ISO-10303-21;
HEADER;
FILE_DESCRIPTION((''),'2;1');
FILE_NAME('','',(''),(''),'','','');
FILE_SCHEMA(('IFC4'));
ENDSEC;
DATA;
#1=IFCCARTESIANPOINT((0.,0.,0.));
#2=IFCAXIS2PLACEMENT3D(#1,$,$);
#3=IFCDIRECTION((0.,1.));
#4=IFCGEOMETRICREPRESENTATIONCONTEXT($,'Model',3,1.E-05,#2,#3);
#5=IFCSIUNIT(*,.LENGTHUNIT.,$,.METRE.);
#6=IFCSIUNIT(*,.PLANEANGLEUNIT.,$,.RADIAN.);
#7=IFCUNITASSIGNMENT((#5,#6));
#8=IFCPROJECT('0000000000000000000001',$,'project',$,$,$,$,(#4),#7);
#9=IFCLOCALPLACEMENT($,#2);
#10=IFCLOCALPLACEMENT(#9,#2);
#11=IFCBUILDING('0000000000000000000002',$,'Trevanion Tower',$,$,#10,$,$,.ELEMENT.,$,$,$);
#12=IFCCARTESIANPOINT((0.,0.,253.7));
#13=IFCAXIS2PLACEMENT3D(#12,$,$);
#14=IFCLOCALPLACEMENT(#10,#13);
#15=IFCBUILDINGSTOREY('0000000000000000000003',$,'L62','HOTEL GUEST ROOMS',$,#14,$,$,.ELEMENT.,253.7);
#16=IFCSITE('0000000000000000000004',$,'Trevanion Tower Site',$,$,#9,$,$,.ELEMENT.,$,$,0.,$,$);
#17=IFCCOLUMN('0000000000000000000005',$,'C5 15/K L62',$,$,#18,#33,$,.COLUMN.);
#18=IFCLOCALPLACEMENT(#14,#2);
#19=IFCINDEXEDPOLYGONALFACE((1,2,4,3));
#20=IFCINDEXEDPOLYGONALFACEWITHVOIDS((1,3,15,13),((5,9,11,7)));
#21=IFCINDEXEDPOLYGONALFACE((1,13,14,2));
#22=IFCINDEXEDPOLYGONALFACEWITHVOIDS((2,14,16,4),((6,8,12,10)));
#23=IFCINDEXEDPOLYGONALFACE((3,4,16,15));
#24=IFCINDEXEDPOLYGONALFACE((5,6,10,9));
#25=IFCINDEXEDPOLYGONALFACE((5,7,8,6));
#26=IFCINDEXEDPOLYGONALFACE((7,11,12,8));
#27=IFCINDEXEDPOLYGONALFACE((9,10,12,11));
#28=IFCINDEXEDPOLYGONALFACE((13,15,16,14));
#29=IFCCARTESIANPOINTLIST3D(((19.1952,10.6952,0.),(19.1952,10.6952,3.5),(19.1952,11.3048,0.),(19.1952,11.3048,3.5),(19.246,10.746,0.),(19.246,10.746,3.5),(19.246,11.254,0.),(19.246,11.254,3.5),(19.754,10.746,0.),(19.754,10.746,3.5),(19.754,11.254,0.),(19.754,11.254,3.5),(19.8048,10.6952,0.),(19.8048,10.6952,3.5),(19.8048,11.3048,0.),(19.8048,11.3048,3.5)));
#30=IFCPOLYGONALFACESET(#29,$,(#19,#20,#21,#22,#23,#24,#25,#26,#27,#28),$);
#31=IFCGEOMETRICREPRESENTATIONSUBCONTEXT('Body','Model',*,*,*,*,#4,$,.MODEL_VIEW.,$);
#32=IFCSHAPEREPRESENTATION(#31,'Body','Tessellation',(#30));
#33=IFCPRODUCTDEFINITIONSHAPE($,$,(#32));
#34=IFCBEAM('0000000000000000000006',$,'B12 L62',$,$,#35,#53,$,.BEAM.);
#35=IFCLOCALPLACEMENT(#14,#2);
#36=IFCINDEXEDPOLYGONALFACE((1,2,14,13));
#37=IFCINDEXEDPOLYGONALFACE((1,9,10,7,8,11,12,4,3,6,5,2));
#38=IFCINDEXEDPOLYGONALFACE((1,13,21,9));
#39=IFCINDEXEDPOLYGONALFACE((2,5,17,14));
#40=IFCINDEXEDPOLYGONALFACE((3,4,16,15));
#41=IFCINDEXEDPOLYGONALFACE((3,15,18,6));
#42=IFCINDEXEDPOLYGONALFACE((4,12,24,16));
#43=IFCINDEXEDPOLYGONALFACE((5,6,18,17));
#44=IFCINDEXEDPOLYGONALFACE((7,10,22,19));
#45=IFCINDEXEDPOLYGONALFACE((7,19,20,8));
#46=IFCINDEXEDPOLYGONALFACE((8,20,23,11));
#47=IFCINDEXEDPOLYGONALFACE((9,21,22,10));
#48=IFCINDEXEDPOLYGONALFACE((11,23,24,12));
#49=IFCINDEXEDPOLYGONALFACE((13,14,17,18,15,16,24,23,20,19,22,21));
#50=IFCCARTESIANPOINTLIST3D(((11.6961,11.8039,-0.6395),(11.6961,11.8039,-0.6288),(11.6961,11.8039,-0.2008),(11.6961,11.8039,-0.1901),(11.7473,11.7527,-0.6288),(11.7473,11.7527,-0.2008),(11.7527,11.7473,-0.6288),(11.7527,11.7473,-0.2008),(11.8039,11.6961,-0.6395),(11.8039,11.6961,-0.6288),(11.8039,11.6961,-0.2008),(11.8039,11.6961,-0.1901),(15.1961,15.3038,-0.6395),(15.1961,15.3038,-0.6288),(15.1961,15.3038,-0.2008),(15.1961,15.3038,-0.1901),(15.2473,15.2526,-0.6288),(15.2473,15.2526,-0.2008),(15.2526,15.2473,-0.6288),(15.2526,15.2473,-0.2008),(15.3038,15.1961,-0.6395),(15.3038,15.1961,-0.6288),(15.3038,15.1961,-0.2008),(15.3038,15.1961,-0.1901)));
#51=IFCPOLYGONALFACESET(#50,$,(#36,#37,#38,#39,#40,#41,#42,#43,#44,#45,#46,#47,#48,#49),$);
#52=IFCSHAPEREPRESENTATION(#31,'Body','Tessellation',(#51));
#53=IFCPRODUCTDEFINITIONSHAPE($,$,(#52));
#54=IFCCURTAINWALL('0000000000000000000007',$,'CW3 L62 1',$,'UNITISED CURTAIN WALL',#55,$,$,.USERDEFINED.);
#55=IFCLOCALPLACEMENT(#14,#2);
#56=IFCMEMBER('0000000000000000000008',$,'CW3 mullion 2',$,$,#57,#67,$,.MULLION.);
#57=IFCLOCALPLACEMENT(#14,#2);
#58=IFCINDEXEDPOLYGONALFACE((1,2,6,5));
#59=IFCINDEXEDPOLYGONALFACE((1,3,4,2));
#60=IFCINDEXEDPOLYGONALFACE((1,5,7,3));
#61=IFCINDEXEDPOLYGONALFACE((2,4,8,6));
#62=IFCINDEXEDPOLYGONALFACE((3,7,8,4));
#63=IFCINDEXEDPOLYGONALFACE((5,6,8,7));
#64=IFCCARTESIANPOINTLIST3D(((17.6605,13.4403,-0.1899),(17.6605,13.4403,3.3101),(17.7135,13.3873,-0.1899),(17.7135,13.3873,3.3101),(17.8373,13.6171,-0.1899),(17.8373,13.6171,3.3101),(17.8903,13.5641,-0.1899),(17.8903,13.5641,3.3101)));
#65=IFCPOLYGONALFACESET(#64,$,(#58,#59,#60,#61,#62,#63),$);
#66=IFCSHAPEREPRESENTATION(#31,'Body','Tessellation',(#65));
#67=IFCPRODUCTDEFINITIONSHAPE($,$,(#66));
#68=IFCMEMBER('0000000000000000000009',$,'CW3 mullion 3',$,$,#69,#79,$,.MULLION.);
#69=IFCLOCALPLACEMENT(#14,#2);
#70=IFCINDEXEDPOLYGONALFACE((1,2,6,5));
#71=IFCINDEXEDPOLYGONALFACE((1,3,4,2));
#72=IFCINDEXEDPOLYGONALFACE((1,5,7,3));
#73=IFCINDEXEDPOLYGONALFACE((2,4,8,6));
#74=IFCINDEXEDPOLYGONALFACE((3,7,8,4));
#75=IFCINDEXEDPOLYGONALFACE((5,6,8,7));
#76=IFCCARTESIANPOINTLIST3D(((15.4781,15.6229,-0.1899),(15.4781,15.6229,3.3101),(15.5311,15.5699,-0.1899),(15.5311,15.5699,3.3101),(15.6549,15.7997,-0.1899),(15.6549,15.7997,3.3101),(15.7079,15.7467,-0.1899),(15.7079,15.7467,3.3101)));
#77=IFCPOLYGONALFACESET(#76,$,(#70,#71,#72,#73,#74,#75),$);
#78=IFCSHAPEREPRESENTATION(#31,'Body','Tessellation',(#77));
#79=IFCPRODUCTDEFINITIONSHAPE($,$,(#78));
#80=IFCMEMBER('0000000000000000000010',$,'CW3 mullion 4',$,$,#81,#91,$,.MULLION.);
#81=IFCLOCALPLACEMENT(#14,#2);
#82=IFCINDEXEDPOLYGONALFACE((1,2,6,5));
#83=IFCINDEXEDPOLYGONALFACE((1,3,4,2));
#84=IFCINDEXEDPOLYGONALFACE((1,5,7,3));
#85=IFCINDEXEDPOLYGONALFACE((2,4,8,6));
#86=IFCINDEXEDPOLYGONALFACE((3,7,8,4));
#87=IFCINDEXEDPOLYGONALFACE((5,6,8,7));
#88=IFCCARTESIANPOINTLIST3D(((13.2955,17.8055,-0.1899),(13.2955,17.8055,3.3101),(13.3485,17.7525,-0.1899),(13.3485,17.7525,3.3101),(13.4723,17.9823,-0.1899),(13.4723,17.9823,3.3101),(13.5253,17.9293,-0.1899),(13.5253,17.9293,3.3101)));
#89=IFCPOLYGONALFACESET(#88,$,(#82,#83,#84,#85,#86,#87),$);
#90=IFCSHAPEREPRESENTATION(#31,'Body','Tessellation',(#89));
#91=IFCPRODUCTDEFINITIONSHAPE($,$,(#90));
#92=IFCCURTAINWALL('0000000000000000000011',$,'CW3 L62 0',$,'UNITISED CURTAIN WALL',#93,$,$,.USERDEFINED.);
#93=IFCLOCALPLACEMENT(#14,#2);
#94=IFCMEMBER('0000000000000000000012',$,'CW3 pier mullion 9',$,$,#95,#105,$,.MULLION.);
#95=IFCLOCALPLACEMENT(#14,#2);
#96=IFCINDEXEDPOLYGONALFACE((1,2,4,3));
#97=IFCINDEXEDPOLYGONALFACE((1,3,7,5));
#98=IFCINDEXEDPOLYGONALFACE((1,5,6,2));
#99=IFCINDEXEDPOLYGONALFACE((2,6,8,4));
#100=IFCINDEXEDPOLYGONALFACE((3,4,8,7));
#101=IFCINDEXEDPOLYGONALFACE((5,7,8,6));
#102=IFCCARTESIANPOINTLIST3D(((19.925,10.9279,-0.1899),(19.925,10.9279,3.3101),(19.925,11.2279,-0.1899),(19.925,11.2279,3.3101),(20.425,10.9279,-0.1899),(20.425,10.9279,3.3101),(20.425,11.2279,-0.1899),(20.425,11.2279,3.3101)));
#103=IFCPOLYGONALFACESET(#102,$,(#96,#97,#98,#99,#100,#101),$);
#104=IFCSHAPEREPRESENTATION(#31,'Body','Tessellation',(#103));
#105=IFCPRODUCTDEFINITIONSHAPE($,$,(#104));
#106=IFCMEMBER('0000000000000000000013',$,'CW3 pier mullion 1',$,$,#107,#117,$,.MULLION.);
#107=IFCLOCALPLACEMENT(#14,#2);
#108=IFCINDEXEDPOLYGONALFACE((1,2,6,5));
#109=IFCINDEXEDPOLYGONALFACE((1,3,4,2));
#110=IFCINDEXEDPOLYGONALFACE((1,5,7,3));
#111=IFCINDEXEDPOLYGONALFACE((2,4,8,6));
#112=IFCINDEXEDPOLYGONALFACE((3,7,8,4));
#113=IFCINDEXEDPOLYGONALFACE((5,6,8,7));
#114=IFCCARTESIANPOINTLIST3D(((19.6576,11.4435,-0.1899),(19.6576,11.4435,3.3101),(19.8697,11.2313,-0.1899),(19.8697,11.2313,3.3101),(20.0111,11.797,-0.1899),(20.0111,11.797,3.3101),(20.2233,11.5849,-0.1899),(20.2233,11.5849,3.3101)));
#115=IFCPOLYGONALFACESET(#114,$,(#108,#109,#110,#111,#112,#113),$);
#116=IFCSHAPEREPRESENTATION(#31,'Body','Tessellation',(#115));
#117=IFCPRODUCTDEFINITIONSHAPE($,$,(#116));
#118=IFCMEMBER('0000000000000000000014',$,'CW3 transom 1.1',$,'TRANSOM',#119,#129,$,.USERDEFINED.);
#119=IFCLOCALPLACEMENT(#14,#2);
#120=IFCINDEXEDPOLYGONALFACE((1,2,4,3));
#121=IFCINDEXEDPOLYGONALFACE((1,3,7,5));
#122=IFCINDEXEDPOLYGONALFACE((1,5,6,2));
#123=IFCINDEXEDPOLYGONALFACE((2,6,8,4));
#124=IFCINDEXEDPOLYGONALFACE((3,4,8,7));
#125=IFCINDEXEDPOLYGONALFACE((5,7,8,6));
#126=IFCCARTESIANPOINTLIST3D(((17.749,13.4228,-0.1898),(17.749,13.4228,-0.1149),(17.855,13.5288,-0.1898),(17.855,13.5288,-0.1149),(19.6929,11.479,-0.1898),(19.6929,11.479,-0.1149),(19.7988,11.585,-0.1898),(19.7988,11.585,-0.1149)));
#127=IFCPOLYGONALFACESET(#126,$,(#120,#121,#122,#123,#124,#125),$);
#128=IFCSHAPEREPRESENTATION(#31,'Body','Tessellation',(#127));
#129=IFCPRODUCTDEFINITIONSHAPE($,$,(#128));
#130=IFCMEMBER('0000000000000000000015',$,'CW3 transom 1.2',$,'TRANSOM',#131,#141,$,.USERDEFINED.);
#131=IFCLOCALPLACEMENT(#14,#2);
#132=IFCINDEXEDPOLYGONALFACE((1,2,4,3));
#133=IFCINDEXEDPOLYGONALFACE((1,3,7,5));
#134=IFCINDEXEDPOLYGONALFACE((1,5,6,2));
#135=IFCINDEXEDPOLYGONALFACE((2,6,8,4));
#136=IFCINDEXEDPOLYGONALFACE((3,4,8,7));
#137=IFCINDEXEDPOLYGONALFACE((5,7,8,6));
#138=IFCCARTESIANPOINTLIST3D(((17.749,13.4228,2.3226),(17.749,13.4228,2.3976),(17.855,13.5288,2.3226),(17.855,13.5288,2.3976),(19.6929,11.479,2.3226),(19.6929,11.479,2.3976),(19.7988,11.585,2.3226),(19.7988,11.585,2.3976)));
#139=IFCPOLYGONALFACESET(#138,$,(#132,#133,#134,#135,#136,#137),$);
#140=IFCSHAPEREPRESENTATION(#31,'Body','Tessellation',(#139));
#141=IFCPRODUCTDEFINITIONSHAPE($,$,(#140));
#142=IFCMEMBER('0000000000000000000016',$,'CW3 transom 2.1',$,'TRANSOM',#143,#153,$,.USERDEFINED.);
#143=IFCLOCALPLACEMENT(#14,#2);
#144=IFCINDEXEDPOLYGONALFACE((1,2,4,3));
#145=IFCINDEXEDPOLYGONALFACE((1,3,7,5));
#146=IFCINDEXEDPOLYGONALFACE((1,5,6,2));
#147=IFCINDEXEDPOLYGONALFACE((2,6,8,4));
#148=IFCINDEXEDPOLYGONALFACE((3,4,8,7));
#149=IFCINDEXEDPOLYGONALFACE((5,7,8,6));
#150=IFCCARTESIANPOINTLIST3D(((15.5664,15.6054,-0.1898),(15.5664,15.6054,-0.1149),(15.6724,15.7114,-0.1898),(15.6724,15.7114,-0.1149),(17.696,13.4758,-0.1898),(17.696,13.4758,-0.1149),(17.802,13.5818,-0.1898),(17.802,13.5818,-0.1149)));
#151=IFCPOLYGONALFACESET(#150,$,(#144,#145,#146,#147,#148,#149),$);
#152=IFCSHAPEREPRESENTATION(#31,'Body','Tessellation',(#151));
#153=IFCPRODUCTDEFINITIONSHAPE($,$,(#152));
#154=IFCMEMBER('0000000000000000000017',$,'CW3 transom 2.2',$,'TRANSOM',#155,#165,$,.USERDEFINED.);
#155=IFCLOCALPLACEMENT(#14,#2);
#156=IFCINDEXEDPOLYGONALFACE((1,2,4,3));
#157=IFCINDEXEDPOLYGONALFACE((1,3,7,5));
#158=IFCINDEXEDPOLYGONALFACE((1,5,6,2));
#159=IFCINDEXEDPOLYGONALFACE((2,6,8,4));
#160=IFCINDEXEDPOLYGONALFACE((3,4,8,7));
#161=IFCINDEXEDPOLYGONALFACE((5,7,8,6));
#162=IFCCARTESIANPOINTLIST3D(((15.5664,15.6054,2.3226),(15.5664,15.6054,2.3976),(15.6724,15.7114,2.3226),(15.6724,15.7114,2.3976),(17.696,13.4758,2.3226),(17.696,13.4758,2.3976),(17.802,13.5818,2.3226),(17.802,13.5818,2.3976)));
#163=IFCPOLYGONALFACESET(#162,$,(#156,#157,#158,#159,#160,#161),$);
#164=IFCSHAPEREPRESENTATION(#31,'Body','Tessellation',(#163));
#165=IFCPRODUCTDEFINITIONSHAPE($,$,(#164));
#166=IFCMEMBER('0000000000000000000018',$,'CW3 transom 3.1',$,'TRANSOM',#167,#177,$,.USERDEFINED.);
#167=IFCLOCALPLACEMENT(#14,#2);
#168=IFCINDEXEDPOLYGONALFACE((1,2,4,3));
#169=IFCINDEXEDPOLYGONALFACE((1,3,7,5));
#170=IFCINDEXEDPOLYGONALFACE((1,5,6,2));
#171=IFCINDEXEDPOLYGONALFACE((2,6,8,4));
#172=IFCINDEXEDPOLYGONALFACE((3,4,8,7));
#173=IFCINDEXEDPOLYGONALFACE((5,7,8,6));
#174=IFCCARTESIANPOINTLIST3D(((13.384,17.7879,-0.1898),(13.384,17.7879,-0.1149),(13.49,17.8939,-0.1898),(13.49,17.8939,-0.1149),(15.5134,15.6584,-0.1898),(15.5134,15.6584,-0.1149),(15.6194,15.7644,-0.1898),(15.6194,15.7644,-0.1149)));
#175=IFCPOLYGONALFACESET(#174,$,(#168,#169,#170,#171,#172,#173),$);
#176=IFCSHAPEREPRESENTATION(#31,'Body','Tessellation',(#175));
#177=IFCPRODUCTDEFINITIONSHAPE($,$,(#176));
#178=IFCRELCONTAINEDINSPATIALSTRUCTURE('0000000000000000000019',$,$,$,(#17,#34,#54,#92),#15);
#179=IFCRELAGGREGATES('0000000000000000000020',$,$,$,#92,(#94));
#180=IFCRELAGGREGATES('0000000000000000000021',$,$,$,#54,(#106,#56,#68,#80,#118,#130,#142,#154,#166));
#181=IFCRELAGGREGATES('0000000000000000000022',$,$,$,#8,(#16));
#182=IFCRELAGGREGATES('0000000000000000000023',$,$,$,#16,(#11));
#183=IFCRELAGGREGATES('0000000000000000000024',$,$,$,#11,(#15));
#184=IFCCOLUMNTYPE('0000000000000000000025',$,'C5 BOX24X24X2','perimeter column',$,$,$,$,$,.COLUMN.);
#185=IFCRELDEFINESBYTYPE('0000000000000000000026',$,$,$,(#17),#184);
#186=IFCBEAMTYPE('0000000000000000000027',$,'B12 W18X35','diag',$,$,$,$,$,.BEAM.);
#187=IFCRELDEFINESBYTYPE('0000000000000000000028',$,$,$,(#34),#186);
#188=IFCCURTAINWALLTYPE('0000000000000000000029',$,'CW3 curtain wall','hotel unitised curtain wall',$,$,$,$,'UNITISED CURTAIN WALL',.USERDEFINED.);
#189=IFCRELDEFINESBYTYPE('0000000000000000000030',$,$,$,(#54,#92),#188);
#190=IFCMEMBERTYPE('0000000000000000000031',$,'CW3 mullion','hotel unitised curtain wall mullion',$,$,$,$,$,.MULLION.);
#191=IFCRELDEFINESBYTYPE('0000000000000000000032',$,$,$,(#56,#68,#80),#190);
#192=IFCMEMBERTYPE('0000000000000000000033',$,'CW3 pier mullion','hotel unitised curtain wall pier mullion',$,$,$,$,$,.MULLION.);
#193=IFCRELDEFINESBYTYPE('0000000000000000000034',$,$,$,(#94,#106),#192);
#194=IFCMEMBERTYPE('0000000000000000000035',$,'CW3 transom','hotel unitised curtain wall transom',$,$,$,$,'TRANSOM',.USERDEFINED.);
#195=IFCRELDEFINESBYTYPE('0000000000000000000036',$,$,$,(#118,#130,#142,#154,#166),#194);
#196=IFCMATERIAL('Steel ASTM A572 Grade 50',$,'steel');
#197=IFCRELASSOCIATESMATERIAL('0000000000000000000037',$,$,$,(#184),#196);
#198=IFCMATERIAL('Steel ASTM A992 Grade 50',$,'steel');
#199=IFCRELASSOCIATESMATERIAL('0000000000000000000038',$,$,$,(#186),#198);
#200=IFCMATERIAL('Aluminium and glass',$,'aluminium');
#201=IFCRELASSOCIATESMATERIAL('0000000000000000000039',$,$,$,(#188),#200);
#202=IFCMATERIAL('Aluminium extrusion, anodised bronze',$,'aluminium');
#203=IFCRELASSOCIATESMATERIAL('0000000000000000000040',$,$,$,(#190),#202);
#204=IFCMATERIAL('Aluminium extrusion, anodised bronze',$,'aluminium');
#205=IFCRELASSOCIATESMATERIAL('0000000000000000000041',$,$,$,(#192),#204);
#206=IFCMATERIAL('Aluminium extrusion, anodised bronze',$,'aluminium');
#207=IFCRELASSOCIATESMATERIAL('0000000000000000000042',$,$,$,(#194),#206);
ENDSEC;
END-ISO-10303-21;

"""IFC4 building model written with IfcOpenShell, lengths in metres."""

from ifc_helpers import new_model, si_unit, direction, frame, origin, origin_2d, place, context, subcontext, project, spatial, rectangle, hollow_rectangle, i_section, extrude, material, material_profile, profile_set, type_object, element, aggregate, save


model = new_model("IFC4")

# Units and contexts
model_context = context("Model", 3, precision=1e-05, world=origin(), true_north=direction((0.0, 1.0)))
body_context = subcontext(model_context, "Body", "Model", "MODEL_VIEW")
ifc_project = project(units=[si_unit("LENGTHUNIT", "METRE"), si_unit("PLANEANGLEUNIT", "RADIAN")], contexts=[model_context])

# Site, building, storey
site_placement = place(None, origin())
site = spatial("IfcSite", under=ifc_project, at=site_placement, Name="Trevanion Tower Site", CompositionType="ELEMENT", RefElevation=0.0)
building_placement = place(site_placement, origin())
building = spatial("IfcBuilding", under=site, at=building_placement, Name="Trevanion Tower", CompositionType="ELEMENT")
storey_placement = place(building_placement, frame((0.0, 0.0, 253.7)))
storey = spatial("IfcBuildingStorey", under=building, at=storey_placement, Name="L62", Description="HOTEL GUEST ROOMS", CompositionType="ELEMENT", Elevation=253.7)

# Column
ifc_material_1 = material(Name="Steel ASTM A572 Grade 50", Category="steel")
ifc_material_profile_1 = material_profile(ifc_material_1, hollow_rectangle(XDim=0.6096, YDim=0.6096, WallThickness=0.0508, at=origin_2d()), Name="BOX24X24X2")
ifc_profile_set_1 = profile_set([ifc_material_profile_1], Name="Steel ASTM A572 Grade 50")
column_type = type_object("IfcColumnType", Name="C5 BOX24X24X2", Description="perimeter column", PredefinedType="COLUMN", material=ifc_profile_set_1)
column_placement = place(storey_placement, frame((19.5, 11.0, 0.0), z_axis=(0.0, 0.0, 1.0), x_axis=(0.0, 1.0, 0.0)))
element("IfcColumn", 1, at=column_placement, inside=storey, type_object=column_type, Name="C5 15/K L62", PredefinedType="COLUMN", context=body_context, shape_type="SweptSolid", body=[
    extrude(hollow_rectangle(XDim=0.6096, YDim=0.6096, WallThickness=0.0508, at=origin_2d()), origin(), (0.0, 0.0, 1.0), 3.5),
])

# Beam
ifc_material_2 = material(Name="Steel ASTM A992 Grade 50", Category="steel")
ifc_material_profile_2 = material_profile(ifc_material_2, i_section(OverallWidth=0.1523, OverallDepth=0.4495, WebThickness=0.0076, FlangeThickness=0.0107, at=origin_2d()), Name="W18X35")
ifc_profile_set_2 = profile_set([ifc_material_profile_2], Name="Steel ASTM A992 Grade 50")
beam_type_1 = type_object("IfcBeamType", Name="B12 W18X35", Description="diag", PredefinedType="BEAM", material=ifc_profile_set_2)
beam_1_placement = place(storey_placement, frame((11.75, 11.75, -0.4148), z_axis=(0.707107, 0.707107, 0.0), x_axis=(-0.707107, 0.707107, 0.0)))
element("IfcBeam", 2, at=beam_1_placement, inside=storey, type_object=beam_type_1, Name="B12 L62", PredefinedType="BEAM", context=body_context, shape_type="SweptSolid", body=[
    extrude(i_section(OverallWidth=0.1523, OverallDepth=0.4495, WebThickness=0.0076, FlangeThickness=0.0107, at=origin_2d()), origin(), (0.0, 0.0, 1.0), 4.9497),
])

# Curtain wall, members
ifc_material_3 = material(Name="Aluminium and glass", Category="aluminium")
curtain_wall_type = type_object("IfcCurtainWallType", Name="CW3 curtain wall", Description="hotel unitised curtain wall", ElementType="UNITISED CURTAIN WALL", PredefinedType="USERDEFINED", material=ifc_material_3)
curtain_wall_1_placement = place(storey_placement, origin())
curtain_wall_1 = element("IfcCurtainWall", 3, at=curtain_wall_1_placement, inside=storey, type_object=curtain_wall_type, Name="CW3 L62 1", ObjectType="UNITISED CURTAIN WALL", PredefinedType="USERDEFINED")
ifc_material_4 = material(Name="Aluminium extrusion, anodised bronze", Category="aluminium")
ifc_material_profile_3 = material_profile(ifc_material_4, rectangle(XDim=0.075, YDim=0.25, at=origin_2d()), Name="CW3 mullion")
ifc_profile_set_3 = profile_set([ifc_material_profile_3], Name="Aluminium extrusion, anodised bronze")
member_type_1 = type_object("IfcMemberType", Name="CW3 mullion", Description="hotel unitised curtain wall mullion", PredefinedType="MULLION", material=ifc_profile_set_3)
member_1_placement = place(storey_placement, frame((17.7754, 13.5022, -0.1899), z_axis=(0.0, 0.0, 1.0), x_axis=(-0.707107, 0.707107, 0.0)))
member_1 = element("IfcMember", 4, at=member_1_placement, type_object=member_type_1, Name="CW3 mullion 2", PredefinedType="MULLION", context=body_context, shape_type="SweptSolid", body=[
    extrude(rectangle(XDim=0.075, YDim=0.25, at=origin_2d()), origin(), (0.0, 0.0, 1.0), 3.5),
])
member_2_placement = place(storey_placement, frame((15.593, 15.6848, -0.1899), z_axis=(0.0, 0.0, 1.0), x_axis=(-0.707107, 0.707107, 0.0)))
member_2 = element("IfcMember", 5, at=member_2_placement, type_object=member_type_1, Name="CW3 mullion 3", PredefinedType="MULLION", context=body_context, shape_type="SweptSolid", body=[
    extrude(rectangle(XDim=0.075, YDim=0.25, at=origin_2d()), origin(), (0.0, 0.0, 1.0), 3.5),
])
member_3_placement = place(storey_placement, frame((13.4104, 17.8674, -0.1899), z_axis=(0.0, 0.0, 1.0), x_axis=(-0.707107, 0.707107, 0.0)))
member_3 = element("IfcMember", 6, at=member_3_placement, type_object=member_type_1, Name="CW3 mullion 4", PredefinedType="MULLION", context=body_context, shape_type="SweptSolid", body=[
    extrude(rectangle(XDim=0.075, YDim=0.25, at=origin_2d()), origin(), (0.0, 0.0, 1.0), 3.5),
])

# Curtain wall, member
curtain_wall_2_placement = place(storey_placement, origin())
curtain_wall_2 = element("IfcCurtainWall", 7, at=curtain_wall_2_placement, inside=storey, type_object=curtain_wall_type, Name="CW3 L62 0", ObjectType="UNITISED CURTAIN WALL", PredefinedType="USERDEFINED")
ifc_material_5 = material(Name="Aluminium extrusion, anodised bronze", Category="aluminium")
ifc_material_profile_4 = material_profile(ifc_material_5, rectangle(XDim=0.3, YDim=0.5, at=origin_2d()), Name="CW3 pier mullion")
ifc_profile_set_4 = profile_set([ifc_material_profile_4], Name="Aluminium extrusion, anodised bronze")
member_type_2 = type_object("IfcMemberType", Name="CW3 pier mullion", Description="hotel unitised curtain wall pier mullion", PredefinedType="MULLION", material=ifc_profile_set_4)
member_4_placement = place(storey_placement, frame((20.175, 11.0779, -0.1899), z_axis=(0.0, 0.0, 1.0), x_axis=(0.0, 1.0, 0.0)))
member_4 = element("IfcMember", 8, at=member_4_placement, type_object=member_type_2, Name="CW3 pier mullion 9", PredefinedType="MULLION", context=body_context, shape_type="SweptSolid", body=[
    extrude(rectangle(XDim=0.3, YDim=0.5, at=origin_2d()), origin(), (0.0, 0.0, 1.0), 3.5),
])

# Members
member_5_placement = place(storey_placement, frame((19.9404, 11.5142, -0.1899), z_axis=(0.0, 0.0, 1.0), x_axis=(-0.707107, 0.707107, 0.0)))
member_5 = element("IfcMember", 9, at=member_5_placement, type_object=member_type_2, Name="CW3 pier mullion 1", PredefinedType="MULLION", context=body_context, shape_type="SweptSolid", body=[
    extrude(rectangle(XDim=0.3, YDim=0.5, at=origin_2d()), origin(), (0.0, 0.0, 1.0), 3.5),
])
ifc_material_6 = material(Name="Aluminium extrusion, anodised bronze", Category="aluminium")
ifc_material_profile_5 = material_profile(ifc_material_6, rectangle(XDim=0.1499, YDim=0.075, at=origin_2d()), Name="CW3 transom")
ifc_profile_set_5 = profile_set([ifc_material_profile_5], Name="Aluminium extrusion, anodised bronze")
member_type_3 = type_object("IfcMemberType", Name="CW3 transom", Description="hotel unitised curtain wall transom", ElementType="TRANSOM", PredefinedType="USERDEFINED", material=ifc_profile_set_5)
member_6_placement = place(storey_placement, frame((19.7458, 11.532, -0.1523), z_axis=(-0.707107, 0.707107, 0.0), x_axis=(-0.707107, -0.707107, 0.0)))
member_6 = element("IfcMember", 10, at=member_6_placement, type_object=member_type_3, Name="CW3 transom 1.1", ObjectType="TRANSOM", PredefinedType="USERDEFINED", context=body_context, shape_type="SweptSolid", body=[
    extrude(rectangle(XDim=0.1499, YDim=0.075, at=origin_2d()), origin(), (0.0, 0.0, 1.0), 2.749),
])
member_7_placement = place(storey_placement, frame((19.7458, 11.532, 2.3601), z_axis=(-0.707107, 0.707107, 0.0), x_axis=(-0.707107, -0.707107, 0.0)))
member_7 = element("IfcMember", 11, at=member_7_placement, type_object=member_type_3, Name="CW3 transom 1.2", ObjectType="TRANSOM", PredefinedType="USERDEFINED", context=body_context, shape_type="SweptSolid", body=[
    extrude(rectangle(XDim=0.1499, YDim=0.075, at=origin_2d()), origin(), (0.0, 0.0, 1.0), 2.749),
])
member_8_placement = place(storey_placement, frame((17.749, 13.5288, -0.1523), z_axis=(-0.707107, 0.707107, 0.0), x_axis=(-0.707107, -0.707107, 0.0)))
member_8 = element("IfcMember", 12, at=member_8_placement, type_object=member_type_3, Name="CW3 transom 2.1", ObjectType="TRANSOM", PredefinedType="USERDEFINED", context=body_context, shape_type="SweptSolid", body=[
    extrude(rectangle(XDim=0.1499, YDim=0.075, at=origin_2d()), origin(), (0.0, 0.0, 1.0), 3.0117),
])
member_9_placement = place(storey_placement, frame((17.749, 13.5288, 2.3601), z_axis=(-0.707107, 0.707107, 0.0), x_axis=(-0.707107, -0.707107, 0.0)))
member_9 = element("IfcMember", 13, at=member_9_placement, type_object=member_type_3, Name="CW3 transom 2.2", ObjectType="TRANSOM", PredefinedType="USERDEFINED", context=body_context, shape_type="SweptSolid", body=[
    extrude(rectangle(XDim=0.1499, YDim=0.075, at=origin_2d()), origin(), (0.0, 0.0, 1.0), 3.0117),
])
member_10_placement = place(storey_placement, frame((15.5664, 15.7114, -0.1523), z_axis=(-0.707107, 0.707107, 0.0), x_axis=(-0.707107, -0.707107, 0.0)))
member_10 = element("IfcMember", 14, at=member_10_placement, type_object=member_type_3, Name="CW3 transom 3.1", ObjectType="TRANSOM", PredefinedType="USERDEFINED", context=body_context, shape_type="SweptSolid", body=[
    extrude(rectangle(XDim=0.1499, YDim=0.075, at=origin_2d()), origin(), (0.0, 0.0, 1.0), 3.0115),
])

aggregate(curtain_wall_2, [member_4])
aggregate(curtain_wall_1, [member_5, member_1, member_2, member_3, member_6, member_7, member_8, member_9, member_10])

save(model, "model.ifc")
